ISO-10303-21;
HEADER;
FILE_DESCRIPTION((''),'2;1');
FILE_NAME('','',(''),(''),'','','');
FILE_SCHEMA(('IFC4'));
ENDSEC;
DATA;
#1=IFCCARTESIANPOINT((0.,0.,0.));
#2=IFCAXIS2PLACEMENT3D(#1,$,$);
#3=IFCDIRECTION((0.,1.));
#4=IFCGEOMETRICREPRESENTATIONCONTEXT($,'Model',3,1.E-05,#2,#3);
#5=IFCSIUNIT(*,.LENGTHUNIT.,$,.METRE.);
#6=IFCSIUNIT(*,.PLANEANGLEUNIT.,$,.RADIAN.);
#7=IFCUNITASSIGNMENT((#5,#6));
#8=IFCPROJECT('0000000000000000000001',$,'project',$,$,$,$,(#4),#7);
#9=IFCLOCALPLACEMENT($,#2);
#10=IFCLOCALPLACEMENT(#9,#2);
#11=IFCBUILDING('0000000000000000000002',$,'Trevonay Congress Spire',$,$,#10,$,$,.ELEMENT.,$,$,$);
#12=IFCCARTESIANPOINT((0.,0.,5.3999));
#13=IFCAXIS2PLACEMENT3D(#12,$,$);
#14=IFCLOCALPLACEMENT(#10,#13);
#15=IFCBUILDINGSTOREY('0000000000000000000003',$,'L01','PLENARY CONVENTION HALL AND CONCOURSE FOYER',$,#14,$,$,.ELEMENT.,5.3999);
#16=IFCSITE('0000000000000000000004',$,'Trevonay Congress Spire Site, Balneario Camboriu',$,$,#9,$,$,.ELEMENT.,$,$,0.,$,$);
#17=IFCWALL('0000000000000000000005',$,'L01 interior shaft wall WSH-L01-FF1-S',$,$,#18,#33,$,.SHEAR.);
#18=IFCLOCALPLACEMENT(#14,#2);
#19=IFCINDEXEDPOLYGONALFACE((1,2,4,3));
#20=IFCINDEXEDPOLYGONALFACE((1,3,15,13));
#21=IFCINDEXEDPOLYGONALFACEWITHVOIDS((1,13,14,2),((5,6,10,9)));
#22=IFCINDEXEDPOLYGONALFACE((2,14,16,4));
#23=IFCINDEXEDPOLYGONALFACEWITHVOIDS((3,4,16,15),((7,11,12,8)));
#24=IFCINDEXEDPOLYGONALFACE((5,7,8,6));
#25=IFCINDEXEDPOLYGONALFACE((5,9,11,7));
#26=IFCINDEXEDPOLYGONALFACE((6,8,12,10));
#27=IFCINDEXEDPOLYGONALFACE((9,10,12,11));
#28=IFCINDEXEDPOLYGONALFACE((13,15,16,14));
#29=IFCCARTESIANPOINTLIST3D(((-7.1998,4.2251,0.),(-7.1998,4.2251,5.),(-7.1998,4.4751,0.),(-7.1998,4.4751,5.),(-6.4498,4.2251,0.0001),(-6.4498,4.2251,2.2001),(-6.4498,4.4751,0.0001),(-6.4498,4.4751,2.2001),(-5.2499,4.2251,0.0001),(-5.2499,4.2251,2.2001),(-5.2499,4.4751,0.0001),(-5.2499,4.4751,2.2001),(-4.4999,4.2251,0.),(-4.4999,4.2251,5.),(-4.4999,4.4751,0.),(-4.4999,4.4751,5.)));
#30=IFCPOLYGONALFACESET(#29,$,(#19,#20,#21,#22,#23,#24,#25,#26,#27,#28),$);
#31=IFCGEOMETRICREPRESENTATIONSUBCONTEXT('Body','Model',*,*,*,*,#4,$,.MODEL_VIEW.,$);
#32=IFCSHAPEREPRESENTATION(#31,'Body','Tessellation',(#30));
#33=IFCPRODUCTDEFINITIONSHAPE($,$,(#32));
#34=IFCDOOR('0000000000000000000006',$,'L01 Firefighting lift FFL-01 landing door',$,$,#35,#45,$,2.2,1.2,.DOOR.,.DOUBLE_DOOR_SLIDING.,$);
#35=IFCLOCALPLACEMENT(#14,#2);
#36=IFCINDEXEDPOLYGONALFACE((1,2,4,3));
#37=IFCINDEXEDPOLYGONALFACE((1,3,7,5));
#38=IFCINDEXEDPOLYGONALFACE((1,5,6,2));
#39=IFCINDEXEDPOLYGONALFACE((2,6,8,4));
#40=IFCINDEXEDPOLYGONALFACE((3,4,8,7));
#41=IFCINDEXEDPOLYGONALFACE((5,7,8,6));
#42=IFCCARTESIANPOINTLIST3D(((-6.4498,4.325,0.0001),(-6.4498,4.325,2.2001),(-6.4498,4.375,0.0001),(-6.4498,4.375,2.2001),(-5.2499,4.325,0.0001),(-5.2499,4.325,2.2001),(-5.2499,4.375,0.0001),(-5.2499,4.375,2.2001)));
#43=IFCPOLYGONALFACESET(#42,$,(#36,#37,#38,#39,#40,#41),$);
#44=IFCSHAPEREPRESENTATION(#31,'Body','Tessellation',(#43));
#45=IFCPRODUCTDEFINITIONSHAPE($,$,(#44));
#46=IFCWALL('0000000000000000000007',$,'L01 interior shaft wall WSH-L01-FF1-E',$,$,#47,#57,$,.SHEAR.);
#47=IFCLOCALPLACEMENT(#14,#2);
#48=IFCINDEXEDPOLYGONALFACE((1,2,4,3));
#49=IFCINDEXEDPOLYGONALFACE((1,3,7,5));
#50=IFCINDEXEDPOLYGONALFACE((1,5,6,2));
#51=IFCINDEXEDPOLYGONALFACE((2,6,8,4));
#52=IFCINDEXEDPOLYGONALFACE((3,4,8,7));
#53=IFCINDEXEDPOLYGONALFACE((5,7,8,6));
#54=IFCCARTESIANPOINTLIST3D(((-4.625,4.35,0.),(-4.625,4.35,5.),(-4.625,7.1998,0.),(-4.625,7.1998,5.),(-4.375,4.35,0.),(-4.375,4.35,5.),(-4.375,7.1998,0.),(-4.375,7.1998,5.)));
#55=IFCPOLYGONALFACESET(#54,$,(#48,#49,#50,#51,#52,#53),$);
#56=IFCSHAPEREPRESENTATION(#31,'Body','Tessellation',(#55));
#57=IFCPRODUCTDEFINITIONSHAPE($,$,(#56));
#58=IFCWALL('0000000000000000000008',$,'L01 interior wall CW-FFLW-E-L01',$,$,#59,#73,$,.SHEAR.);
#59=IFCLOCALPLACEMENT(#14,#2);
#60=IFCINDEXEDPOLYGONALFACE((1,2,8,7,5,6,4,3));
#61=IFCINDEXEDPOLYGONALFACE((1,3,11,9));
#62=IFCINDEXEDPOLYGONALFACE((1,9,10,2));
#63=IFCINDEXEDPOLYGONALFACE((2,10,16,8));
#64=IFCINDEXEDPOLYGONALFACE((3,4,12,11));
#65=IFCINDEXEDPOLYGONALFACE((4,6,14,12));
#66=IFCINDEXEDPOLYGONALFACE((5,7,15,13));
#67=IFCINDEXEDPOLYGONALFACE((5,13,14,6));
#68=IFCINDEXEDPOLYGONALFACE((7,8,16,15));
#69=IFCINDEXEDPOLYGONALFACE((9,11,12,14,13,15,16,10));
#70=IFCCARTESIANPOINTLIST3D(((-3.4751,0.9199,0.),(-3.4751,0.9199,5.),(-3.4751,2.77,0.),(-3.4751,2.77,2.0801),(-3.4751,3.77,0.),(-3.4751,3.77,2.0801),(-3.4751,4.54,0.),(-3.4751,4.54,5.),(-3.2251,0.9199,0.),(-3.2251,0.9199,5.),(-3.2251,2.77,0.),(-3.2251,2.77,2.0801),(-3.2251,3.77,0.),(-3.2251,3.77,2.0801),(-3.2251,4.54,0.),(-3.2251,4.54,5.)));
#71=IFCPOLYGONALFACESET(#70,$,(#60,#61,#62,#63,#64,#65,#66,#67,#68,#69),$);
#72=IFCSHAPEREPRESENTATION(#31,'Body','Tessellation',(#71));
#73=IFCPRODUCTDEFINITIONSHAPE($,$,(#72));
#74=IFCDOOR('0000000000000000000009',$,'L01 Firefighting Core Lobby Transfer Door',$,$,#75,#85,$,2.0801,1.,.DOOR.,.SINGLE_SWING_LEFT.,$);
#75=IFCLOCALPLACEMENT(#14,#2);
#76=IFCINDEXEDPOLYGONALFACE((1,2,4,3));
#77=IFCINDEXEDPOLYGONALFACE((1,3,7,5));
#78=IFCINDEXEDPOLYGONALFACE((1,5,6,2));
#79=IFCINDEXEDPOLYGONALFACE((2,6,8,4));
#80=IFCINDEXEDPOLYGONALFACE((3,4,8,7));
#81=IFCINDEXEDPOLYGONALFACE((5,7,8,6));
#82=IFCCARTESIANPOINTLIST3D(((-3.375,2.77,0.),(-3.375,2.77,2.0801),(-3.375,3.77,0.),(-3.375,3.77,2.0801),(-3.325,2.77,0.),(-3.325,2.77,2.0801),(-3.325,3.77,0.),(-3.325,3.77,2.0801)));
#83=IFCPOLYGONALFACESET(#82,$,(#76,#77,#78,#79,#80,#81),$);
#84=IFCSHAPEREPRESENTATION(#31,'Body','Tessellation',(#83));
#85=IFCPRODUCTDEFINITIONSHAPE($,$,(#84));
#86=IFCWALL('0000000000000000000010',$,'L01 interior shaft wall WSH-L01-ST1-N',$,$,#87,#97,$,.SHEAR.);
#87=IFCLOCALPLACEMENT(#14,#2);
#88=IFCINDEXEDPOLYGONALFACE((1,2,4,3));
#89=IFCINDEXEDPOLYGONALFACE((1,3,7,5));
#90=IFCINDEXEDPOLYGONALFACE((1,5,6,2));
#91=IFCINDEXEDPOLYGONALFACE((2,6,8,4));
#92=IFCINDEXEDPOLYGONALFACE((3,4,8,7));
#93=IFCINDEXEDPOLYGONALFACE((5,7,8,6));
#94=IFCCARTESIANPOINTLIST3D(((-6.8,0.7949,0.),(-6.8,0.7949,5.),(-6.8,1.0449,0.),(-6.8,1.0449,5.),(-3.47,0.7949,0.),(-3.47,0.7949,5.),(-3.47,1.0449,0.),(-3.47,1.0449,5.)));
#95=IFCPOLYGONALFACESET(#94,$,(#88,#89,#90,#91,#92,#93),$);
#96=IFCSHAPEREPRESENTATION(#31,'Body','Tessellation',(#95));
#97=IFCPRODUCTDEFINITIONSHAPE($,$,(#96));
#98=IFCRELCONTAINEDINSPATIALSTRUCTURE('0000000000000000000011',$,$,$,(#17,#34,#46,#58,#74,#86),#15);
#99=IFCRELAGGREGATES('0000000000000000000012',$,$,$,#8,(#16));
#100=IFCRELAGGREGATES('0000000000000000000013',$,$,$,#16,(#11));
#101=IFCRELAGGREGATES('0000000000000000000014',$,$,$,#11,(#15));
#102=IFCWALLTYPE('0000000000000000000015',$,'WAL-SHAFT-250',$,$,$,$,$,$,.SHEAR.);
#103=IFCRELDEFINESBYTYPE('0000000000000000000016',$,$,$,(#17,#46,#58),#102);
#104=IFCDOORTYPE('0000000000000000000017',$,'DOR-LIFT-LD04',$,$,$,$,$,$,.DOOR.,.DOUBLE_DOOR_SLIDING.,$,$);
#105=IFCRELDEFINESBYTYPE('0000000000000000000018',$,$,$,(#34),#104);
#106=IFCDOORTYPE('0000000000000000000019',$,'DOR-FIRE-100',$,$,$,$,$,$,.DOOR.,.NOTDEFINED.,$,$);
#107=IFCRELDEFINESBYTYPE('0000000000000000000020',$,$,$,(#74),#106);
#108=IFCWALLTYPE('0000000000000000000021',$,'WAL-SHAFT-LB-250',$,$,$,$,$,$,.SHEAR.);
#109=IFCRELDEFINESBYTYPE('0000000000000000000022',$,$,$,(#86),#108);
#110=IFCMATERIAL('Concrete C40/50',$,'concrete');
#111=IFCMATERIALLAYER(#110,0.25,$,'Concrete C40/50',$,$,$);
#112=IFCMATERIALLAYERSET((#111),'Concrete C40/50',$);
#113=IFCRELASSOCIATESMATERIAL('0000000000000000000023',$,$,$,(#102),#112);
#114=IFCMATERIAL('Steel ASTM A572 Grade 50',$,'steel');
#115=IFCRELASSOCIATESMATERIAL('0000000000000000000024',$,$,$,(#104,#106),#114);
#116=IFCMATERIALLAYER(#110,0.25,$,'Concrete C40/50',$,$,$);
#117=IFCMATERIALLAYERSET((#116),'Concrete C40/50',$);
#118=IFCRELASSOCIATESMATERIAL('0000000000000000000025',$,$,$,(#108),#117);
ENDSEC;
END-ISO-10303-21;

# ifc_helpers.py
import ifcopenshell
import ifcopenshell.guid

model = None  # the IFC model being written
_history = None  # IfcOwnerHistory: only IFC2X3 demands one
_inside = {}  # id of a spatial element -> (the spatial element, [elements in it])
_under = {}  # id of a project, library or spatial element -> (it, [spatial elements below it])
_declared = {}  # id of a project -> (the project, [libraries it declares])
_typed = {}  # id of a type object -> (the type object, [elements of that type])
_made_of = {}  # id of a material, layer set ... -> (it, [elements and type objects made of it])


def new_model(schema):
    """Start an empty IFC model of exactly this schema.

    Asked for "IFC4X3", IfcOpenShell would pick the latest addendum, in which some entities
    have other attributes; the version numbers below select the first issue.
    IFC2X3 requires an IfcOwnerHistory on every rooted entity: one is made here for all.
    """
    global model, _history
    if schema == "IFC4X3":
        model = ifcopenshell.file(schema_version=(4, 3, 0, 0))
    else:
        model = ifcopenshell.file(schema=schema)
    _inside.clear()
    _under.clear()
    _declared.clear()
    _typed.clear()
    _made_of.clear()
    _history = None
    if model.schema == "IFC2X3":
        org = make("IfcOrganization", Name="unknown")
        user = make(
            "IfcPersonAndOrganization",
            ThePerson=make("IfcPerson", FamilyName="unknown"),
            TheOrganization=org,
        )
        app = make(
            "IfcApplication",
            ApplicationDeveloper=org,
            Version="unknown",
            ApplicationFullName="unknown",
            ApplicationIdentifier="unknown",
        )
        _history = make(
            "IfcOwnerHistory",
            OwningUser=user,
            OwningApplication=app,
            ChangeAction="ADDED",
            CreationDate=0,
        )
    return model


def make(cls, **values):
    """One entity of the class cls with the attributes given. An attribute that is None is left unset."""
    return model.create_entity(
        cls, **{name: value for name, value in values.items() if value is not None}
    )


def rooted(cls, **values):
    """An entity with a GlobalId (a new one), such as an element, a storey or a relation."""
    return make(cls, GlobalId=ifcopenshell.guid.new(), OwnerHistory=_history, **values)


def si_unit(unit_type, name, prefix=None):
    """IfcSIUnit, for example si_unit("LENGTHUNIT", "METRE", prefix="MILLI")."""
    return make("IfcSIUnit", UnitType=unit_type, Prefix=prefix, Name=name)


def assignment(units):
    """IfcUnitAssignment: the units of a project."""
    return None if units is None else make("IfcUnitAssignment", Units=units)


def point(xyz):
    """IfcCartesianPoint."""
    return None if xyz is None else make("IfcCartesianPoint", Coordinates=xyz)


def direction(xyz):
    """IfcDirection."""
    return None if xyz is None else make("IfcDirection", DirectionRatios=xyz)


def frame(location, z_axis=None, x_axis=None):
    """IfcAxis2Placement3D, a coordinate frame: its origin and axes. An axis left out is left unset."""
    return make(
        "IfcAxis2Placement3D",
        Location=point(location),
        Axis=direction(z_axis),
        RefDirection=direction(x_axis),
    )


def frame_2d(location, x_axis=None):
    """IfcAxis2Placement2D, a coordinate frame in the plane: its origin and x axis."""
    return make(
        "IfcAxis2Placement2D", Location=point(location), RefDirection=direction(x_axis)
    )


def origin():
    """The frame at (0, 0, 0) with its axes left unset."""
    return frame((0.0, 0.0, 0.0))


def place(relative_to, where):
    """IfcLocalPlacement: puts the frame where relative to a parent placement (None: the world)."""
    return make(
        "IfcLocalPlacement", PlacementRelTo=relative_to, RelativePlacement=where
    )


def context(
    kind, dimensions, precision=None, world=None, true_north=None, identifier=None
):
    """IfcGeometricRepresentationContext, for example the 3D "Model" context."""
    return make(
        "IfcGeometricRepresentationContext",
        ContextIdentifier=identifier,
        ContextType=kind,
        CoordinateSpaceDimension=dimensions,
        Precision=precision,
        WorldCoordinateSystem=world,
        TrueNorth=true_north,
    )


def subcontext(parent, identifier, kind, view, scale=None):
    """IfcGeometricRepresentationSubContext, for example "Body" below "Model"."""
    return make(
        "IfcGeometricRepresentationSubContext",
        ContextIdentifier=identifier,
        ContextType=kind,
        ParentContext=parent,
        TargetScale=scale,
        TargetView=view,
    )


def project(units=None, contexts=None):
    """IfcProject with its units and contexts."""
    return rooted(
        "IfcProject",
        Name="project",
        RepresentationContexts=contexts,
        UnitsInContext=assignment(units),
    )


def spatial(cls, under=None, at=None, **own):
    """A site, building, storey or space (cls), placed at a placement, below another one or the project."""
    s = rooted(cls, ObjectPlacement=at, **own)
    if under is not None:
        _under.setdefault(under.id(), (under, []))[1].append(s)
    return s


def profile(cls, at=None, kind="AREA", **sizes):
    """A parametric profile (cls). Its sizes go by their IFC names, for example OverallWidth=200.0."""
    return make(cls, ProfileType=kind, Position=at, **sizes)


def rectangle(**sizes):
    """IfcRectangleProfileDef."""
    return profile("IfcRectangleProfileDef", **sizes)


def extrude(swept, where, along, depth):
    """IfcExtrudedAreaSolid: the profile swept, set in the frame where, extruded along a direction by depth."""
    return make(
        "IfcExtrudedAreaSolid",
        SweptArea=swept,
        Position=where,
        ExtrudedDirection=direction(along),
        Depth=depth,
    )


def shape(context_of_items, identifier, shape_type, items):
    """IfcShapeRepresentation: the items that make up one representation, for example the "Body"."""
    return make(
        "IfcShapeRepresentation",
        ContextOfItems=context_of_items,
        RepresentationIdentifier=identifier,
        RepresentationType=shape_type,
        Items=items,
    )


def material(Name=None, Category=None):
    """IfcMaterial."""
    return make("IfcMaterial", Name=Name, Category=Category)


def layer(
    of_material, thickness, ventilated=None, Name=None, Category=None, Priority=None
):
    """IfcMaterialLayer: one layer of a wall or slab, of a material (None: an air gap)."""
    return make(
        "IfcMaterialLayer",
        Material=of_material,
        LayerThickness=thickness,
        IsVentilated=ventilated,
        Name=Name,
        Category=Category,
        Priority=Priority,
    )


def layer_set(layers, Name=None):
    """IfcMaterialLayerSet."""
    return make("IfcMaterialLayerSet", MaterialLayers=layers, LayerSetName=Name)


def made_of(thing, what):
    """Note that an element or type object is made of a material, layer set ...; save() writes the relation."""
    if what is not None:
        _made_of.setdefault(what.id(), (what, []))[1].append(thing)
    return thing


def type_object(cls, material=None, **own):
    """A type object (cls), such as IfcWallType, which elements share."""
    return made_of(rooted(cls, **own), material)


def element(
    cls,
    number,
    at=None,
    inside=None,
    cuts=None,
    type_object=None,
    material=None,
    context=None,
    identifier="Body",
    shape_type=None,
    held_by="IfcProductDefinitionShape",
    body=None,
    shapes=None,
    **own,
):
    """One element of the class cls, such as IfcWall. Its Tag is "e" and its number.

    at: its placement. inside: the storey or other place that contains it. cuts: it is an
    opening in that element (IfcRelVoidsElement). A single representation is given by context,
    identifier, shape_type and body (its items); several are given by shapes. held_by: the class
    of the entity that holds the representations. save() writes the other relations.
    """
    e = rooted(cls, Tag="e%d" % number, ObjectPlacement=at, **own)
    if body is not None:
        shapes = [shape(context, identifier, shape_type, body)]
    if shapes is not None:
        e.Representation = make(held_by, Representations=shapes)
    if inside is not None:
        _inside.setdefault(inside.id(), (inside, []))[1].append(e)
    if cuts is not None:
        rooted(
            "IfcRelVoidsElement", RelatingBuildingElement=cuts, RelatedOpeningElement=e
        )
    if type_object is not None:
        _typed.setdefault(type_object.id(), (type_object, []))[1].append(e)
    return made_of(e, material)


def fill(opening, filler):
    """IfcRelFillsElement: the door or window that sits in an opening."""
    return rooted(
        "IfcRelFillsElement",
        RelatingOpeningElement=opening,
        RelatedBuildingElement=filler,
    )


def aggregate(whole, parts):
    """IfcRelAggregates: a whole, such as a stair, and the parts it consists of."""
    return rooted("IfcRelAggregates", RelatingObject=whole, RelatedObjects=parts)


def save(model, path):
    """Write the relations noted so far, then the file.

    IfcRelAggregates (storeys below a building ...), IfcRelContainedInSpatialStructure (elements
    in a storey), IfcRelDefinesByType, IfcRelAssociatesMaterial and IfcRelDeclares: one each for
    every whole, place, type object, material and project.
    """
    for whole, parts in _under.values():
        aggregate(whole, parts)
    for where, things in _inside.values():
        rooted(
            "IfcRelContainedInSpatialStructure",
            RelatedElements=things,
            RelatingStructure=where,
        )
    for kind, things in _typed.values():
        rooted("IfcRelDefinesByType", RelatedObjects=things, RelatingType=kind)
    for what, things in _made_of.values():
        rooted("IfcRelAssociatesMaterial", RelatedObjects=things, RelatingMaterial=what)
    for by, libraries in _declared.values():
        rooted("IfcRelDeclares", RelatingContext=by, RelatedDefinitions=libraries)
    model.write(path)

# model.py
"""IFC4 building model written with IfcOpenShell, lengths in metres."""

from ifc_helpers import new_model, si_unit, direction, frame, frame_2d, origin, place, context, subcontext, project, spatial, rectangle, extrude, material, layer, layer_set, type_object, element, fill, save


model = new_model("IFC4")

# Units and contexts
model_context = context("Model", 3, precision=1e-05, world=origin(), true_north=direction((0.0, 1.0)))
body_context = subcontext(model_context, "Body", "Model", "MODEL_VIEW")
ifc_project = project(units=[si_unit("LENGTHUNIT", "METRE"), si_unit("PLANEANGLEUNIT", "RADIAN")], contexts=[model_context])

# Site, building, storey
site_placement = place(None, origin())
site = spatial("IfcSite", under=ifc_project, at=site_placement, Name="Trevonay Congress Spire Site, Balneario Camboriu", CompositionType="ELEMENT", RefElevation=0.0)
building_placement = place(site_placement, origin())
building = spatial("IfcBuilding", under=site, at=building_placement, Name="Trevonay Congress Spire", CompositionType="ELEMENT")
storey_placement = place(building_placement, frame((0.0, 0.0, 5.3999)))
storey = spatial("IfcBuildingStorey", under=building, at=storey_placement, Name="L01", Description="PLENARY CONVENTION HALL AND CONCOURSE FOYER", CompositionType="ELEMENT", Elevation=5.3999)

# Shared definitions
ifc_material_1 = material(Name="Steel ASTM A572 Grade 50", Category="steel")

# Shared definitions
ifc_material_2 = material(Name="Concrete C40/50", Category="concrete")

# Shared definitions
ifc_layer_1 = layer(ifc_material_2, 0.25, Name="Concrete C40/50")
ifc_layer_set_1 = layer_set([ifc_layer_1], Name="Concrete C40/50")
wall_type_1 = type_object("IfcWallType", Name="WAL-SHAFT-250", PredefinedType="SHEAR", material=ifc_layer_set_1)

# Wall, opening, door
wall_1_placement = place(storey_placement, frame((-7.2, 4.3501, 0.0), z_axis=(0.0, 0.0, 1.0), x_axis=(1.0, 0.0, 0.0)))
wall_1 = element("IfcWall", 1, at=wall_1_placement, inside=storey, type_object=wall_type_1, Name="L01 interior shaft wall WSH-L01-FF1-S", PredefinedType="SHEAR", context=body_context, shape_type="SweptSolid", body=[
    extrude(rectangle(XDim=2.7, YDim=0.25, at=frame_2d((1.3501, 0.0))), origin(), (0.0, 0.0, 1.0), 5.0),
])
opening_1_placement = place(wall_1_placement, frame((0.75, 0.0, 0.0)))
opening_1 = element("IfcOpeningElement", 2, at=opening_1_placement, cuts=wall_1, PredefinedType="OPENING", context=body_context, shape_type="SweptSolid", body=[
    extrude(rectangle(XDim=1.2, YDim=2.2, at=frame_2d((0.6001, 1.1001))), frame((0.0, 0.135, 0.0), z_axis=(0.0, -1.0, 0.0), x_axis=(1.0, 0.0, 0.0)), (0.0, 0.0, 1.0), 0.27),
])
door_type_1 = type_object("IfcDoorType", Name="DOR-LIFT-LD04", OperationType="DOUBLE_DOOR_SLIDING", PredefinedType="DOOR", material=ifc_material_1)
door_1_placement = place(opening_1_placement, origin())
door_1 = element("IfcDoor", 3, at=door_1_placement, inside=storey, type_object=door_type_1, Name="L01 Firefighting lift FFL-01 landing door", OperationType="DOUBLE_DOOR_SLIDING", OverallHeight=2.2, OverallWidth=1.2, PredefinedType="DOOR", context=body_context, shape_type="SweptSolid", body=[
    extrude(rectangle(XDim=1.2, YDim=2.2, at=frame_2d((0.6001, 1.1001))), frame((0.0, 0.0249, 0.0), z_axis=(0.0, -1.0, 0.0), x_axis=(1.0, 0.0, 0.0)), (0.0, 0.0, 1.0), 0.05),
])
fill(opening_1, door_1)

# Wall
wall_2_placement = place(storey_placement, frame((-4.5, 4.3501, 0.0), z_axis=(0.0, 0.0, 1.0), x_axis=(0.0, 1.0, 0.0)))
element("IfcWall", 4, at=wall_2_placement, inside=storey, type_object=wall_type_1, Name="L01 interior shaft wall WSH-L01-FF1-E", PredefinedType="SHEAR", context=body_context, shape_type="SweptSolid", body=[
    extrude(rectangle(XDim=2.8499, YDim=0.25, at=frame_2d((1.4248, 0.0))), origin(), (0.0, 0.0, 1.0), 5.0),
])

# Wall, opening, door
wall_3_placement = place(storey_placement, frame((-3.3501, 0.9199, 0.0), z_axis=(0.0, 0.0, 1.0), x_axis=(0.0, 1.0, 0.0)))
wall_3 = element("IfcWall", 5, at=wall_3_placement, inside=storey, type_object=wall_type_1, Name="L01 interior wall CW-FFLW-E-L01", PredefinedType="SHEAR", context=body_context, shape_type="SweptSolid", body=[
    extrude(rectangle(XDim=3.6201, YDim=0.25, at=frame_2d((1.8101, 0.0))), origin(), (0.0, 0.0, 1.0), 5.0),
])
opening_2_placement = place(wall_3_placement, frame((1.8501, 0.0, 0.0)))
opening_2 = element("IfcOpeningElement", 6, at=opening_2_placement, cuts=wall_3, PredefinedType="OPENING", context=body_context, shape_type="SweptSolid", body=[
    extrude(rectangle(XDim=1.0, YDim=2.0801, at=frame_2d((0.5, 1.04))), frame((0.0, 0.135, 0.0), z_axis=(0.0, -1.0, 0.0), x_axis=(1.0, 0.0, 0.0)), (0.0, 0.0, 1.0), 0.27),
])
door_type_2 = type_object("IfcDoorType", Name="DOR-FIRE-100", OperationType="NOTDEFINED", PredefinedType="DOOR", material=ifc_material_1)
door_2_placement = place(opening_2_placement, origin())
door_2 = element("IfcDoor", 7, at=door_2_placement, inside=storey, type_object=door_type_2, Name="L01 Firefighting Core Lobby Transfer Door", OperationType="SINGLE_SWING_LEFT", OverallHeight=2.0801, OverallWidth=1.0, PredefinedType="DOOR", context=body_context, shape_type="SweptSolid", body=[
    extrude(rectangle(XDim=1.0, YDim=2.0801, at=frame_2d((0.5, 1.04))), frame((0.0, 0.0249, 0.0), z_axis=(0.0, -1.0, 0.0), x_axis=(1.0, 0.0, 0.0)), (0.0, 0.0, 1.0), 0.05),
])
fill(opening_2, door_2)

# Wall
ifc_layer_2 = layer(ifc_material_2, 0.25, Name="Concrete C40/50")
ifc_layer_set_2 = layer_set([ifc_layer_2], Name="Concrete C40/50")
wall_type_2 = type_object("IfcWallType", Name="WAL-SHAFT-LB-250", PredefinedType="SHEAR", material=ifc_layer_set_2)
wall_4_placement = place(storey_placement, frame((-6.8, 0.9199, 0.0), z_axis=(0.0, 0.0, 1.0), x_axis=(1.0, 0.0, 0.0)))
element("IfcWall", 8, at=wall_4_placement, inside=storey, type_object=wall_type_2, Name="L01 interior shaft wall WSH-L01-ST1-N", PredefinedType="SHEAR", context=body_context, shape_type="SweptSolid", body=[
    extrude(rectangle(XDim=3.3301, YDim=0.25, at=frame_2d((1.665, 0.0))), origin(), (0.0, 0.0, 1.0), 5.0),
])

save(model, "model.ifc")
